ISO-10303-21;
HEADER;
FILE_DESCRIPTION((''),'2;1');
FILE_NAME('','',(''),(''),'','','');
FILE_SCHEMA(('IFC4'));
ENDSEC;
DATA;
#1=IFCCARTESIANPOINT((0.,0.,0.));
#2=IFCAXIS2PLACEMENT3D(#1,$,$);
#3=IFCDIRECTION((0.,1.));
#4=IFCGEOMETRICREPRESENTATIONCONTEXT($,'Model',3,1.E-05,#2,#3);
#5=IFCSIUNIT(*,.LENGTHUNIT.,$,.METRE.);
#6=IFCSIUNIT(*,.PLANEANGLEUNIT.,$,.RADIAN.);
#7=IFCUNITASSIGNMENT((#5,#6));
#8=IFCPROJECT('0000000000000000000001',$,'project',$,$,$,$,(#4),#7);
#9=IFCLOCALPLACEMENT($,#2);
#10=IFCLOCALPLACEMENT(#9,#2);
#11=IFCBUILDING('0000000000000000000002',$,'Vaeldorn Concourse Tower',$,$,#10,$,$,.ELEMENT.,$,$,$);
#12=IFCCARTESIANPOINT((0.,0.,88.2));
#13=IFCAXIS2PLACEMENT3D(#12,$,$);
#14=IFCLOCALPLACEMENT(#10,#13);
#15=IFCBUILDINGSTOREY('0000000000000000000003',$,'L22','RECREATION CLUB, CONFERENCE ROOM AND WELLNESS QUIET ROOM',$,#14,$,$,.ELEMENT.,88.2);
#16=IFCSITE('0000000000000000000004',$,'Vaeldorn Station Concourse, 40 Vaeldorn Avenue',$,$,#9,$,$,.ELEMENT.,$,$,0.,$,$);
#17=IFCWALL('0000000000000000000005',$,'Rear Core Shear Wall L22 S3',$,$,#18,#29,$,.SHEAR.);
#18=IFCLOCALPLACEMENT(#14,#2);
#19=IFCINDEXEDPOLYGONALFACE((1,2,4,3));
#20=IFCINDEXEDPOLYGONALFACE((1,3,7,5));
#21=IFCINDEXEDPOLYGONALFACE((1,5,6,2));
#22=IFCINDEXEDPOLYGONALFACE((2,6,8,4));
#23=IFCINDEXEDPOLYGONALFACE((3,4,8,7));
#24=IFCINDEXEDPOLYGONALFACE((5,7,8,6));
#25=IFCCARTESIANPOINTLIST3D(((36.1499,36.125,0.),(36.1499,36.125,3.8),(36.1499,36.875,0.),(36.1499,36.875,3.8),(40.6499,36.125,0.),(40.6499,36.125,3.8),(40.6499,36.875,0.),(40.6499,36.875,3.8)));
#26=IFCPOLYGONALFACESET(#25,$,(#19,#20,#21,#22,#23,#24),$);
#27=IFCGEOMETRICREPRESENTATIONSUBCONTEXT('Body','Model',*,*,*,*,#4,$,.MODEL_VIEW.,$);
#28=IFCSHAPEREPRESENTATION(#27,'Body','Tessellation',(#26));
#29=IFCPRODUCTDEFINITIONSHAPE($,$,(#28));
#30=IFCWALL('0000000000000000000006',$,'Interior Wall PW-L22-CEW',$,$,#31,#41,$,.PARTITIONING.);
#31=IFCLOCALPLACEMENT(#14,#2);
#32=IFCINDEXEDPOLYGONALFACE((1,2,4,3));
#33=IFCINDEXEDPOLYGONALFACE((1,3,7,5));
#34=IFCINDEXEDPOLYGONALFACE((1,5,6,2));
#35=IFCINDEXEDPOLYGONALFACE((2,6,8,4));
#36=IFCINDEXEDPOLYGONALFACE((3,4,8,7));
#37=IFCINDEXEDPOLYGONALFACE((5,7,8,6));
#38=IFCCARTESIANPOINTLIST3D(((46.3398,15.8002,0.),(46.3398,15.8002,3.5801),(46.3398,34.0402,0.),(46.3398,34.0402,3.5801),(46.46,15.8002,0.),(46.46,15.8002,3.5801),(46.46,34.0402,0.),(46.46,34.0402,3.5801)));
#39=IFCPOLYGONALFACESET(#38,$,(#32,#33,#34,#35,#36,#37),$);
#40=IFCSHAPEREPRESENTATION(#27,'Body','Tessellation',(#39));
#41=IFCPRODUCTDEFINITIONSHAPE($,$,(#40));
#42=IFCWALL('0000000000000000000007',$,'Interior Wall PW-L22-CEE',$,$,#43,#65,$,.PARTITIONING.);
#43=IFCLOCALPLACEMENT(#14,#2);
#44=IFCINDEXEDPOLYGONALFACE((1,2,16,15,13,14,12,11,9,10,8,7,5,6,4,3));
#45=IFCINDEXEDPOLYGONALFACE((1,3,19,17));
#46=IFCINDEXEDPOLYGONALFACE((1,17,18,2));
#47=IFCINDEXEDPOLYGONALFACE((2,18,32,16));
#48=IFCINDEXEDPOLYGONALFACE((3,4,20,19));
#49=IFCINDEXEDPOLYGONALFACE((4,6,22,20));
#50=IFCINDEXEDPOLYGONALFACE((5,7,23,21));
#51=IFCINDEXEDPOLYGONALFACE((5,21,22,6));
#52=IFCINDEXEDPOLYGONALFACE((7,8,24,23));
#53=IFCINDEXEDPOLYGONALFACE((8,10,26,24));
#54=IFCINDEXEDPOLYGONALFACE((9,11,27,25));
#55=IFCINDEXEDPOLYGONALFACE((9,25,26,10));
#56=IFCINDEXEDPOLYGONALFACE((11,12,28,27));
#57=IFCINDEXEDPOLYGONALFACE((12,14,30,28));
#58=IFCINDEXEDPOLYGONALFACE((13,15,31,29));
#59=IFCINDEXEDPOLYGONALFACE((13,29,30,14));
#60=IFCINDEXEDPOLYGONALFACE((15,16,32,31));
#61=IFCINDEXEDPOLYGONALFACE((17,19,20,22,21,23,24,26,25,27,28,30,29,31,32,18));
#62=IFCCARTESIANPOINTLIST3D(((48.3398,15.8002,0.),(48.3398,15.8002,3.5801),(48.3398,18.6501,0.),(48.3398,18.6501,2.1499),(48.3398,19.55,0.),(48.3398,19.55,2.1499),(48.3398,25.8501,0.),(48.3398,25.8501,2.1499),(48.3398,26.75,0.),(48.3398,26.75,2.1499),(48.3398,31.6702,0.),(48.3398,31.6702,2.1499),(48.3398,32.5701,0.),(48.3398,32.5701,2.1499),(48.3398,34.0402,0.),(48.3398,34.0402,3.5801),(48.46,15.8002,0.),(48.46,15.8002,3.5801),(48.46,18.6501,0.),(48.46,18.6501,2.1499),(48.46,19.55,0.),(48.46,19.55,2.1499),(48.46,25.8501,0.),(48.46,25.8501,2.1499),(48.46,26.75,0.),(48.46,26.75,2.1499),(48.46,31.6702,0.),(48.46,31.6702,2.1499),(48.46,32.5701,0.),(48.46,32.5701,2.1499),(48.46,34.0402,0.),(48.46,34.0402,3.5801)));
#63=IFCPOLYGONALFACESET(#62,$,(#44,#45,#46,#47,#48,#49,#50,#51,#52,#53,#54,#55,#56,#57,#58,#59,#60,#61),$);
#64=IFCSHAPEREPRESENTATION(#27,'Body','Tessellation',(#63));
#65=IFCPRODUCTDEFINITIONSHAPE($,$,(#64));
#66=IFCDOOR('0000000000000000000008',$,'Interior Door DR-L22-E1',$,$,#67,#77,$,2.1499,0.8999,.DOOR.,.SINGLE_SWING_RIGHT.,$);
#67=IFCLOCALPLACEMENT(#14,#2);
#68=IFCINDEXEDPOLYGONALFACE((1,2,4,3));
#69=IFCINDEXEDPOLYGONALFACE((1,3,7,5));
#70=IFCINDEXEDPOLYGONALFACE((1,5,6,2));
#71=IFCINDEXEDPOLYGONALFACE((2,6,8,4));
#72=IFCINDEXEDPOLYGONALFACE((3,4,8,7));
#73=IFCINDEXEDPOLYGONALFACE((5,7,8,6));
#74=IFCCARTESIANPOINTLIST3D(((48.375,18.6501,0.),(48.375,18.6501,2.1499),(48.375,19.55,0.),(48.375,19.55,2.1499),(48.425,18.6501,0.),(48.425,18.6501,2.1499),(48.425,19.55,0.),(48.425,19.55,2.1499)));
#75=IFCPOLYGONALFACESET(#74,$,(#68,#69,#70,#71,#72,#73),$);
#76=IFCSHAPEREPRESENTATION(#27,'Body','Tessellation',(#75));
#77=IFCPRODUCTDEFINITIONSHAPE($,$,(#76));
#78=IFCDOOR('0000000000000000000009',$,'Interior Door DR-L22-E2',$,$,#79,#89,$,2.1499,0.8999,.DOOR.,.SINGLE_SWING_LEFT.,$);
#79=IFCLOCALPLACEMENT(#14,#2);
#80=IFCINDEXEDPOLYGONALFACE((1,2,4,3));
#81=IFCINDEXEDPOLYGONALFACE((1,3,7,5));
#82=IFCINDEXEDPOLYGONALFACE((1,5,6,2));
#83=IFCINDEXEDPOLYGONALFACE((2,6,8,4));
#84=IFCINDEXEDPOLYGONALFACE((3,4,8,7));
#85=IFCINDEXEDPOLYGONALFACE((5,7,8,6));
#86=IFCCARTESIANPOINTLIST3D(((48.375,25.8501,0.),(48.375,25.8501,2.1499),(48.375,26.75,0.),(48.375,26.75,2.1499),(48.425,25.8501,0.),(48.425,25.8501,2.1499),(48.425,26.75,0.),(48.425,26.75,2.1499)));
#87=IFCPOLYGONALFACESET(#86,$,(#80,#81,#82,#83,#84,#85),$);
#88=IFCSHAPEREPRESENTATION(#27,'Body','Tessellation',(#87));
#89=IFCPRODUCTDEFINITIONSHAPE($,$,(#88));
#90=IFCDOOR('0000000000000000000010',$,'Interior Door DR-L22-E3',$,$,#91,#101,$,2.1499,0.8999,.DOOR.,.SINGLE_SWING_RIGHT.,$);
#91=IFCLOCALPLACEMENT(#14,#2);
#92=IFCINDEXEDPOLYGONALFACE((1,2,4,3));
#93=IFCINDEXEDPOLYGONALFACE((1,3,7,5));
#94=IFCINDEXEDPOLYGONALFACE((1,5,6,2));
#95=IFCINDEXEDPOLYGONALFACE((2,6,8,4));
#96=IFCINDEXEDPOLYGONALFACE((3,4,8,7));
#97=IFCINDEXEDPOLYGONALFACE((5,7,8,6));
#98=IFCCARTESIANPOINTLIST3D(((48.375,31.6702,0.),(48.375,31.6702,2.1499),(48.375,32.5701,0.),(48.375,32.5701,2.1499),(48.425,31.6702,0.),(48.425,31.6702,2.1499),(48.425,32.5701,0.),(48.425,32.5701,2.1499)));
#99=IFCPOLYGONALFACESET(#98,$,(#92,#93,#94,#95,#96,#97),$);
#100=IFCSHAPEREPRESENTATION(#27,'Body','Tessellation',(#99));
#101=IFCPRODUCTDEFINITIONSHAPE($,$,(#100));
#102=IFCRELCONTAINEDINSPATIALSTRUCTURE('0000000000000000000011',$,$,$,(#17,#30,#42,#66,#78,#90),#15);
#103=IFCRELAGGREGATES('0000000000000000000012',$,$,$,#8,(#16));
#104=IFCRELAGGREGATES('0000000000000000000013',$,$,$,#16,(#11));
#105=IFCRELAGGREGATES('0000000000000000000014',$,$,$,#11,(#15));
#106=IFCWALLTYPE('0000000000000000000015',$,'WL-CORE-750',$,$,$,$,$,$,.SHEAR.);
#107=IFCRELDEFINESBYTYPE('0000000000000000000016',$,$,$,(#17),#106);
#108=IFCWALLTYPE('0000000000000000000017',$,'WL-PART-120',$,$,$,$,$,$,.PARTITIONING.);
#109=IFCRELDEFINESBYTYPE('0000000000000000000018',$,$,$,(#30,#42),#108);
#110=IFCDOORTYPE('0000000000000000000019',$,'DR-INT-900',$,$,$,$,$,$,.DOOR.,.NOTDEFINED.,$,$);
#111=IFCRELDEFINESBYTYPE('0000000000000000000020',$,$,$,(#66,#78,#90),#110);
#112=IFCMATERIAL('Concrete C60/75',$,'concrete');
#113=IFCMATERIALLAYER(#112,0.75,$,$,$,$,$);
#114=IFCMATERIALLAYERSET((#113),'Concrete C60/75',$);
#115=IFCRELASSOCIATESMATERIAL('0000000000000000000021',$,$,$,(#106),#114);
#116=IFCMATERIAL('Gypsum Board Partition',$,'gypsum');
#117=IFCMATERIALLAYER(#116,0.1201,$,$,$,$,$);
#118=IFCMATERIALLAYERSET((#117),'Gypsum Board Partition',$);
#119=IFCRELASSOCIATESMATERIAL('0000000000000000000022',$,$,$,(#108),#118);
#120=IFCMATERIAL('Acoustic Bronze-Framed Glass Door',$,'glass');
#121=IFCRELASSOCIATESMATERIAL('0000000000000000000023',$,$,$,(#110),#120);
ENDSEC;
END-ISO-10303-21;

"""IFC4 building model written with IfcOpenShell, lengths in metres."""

from ifc_helpers import new_model, si_unit, direction, frame, frame_2d, origin, place, context, subcontext, project, spatial, rectangle, extrude, source, transform, mapped, material, layer, layer_set, type_object, element, fill, save


model = new_model("IFC4")

# Units and contexts
model_context = context("Model", 3, precision=1e-05, world=origin(), true_north=direction((0.0, 1.0)))
body_context = subcontext(model_context, "Body", "Model", "MODEL_VIEW")
ifc_project = project(units=[si_unit("LENGTHUNIT", "METRE"), si_unit("PLANEANGLEUNIT", "RADIAN")], contexts=[model_context])

# Site, building, storey
site_placement = place(None, origin())
site = spatial("IfcSite", under=ifc_project, at=site_placement, Name="Vaeldorn Station Concourse, 40 Vaeldorn Avenue", CompositionType="ELEMENT", RefElevation=0.0)
building_placement = place(site_placement, origin())
building = spatial("IfcBuilding", under=site, at=building_placement, Name="Vaeldorn Concourse Tower", CompositionType="ELEMENT")
storey_placement = place(building_placement, frame((0.0, 0.0, 88.2)))
storey = spatial("IfcBuildingStorey", under=building, at=storey_placement, Name="L22", Description="RECREATION CLUB, CONFERENCE ROOM AND WELLNESS QUIET ROOM", CompositionType="ELEMENT", Elevation=88.2)

# Walls
ifc_material_1 = material(Name="Concrete C60/75", Category="concrete")
ifc_layer_1 = layer(ifc_material_1, 0.75)
ifc_layer_set_1 = layer_set([ifc_layer_1], Name="Concrete C60/75")
wall_type_1 = type_object("IfcWallType", Name="WL-CORE-750", PredefinedType="SHEAR", material=ifc_layer_set_1)
wall_1_placement = place(storey_placement, frame((36.1499, 36.5, 0.0), z_axis=(0.0, 0.0, 1.0), x_axis=(1.0, 0.0, 0.0)))
element("IfcWall", 1, at=wall_1_placement, inside=storey, type_object=wall_type_1, Name="Rear Core Shear Wall L22 S3", PredefinedType="SHEAR", context=body_context, shape_type="SweptSolid", body=[
    extrude(rectangle(XDim=4.5, YDim=0.75, at=frame_2d((2.25, 0.0))), origin(), (0.0, 0.0, 1.0), 3.8),
])
ifc_material_2 = material(Name="Gypsum Board Partition", Category="gypsum")
ifc_layer_2 = layer(ifc_material_2, 0.1201)
ifc_layer_set_2 = layer_set([ifc_layer_2], Name="Gypsum Board Partition")
wall_type_2 = type_object("IfcWallType", Name="WL-PART-120", PredefinedType="PARTITIONING", material=ifc_layer_set_2)
wall_2_placement = place(storey_placement, frame((46.3999, 15.8, 0.0), z_axis=(0.0, 0.0, 1.0), x_axis=(0.0, 1.0, 0.0)))
element("IfcWall", 2, at=wall_2_placement, inside=storey, type_object=wall_type_2, Name="Interior Wall PW-L22-CEW", PredefinedType="PARTITIONING", context=body_context, shape_type="SweptSolid", body=[
    extrude(rectangle(XDim=18.24, YDim=0.1201, at=frame_2d((9.1201, 0.0))), origin(), (0.0, 0.0, 1.0), 3.5801),
])

# Wall, openings, doors
wall_3_placement = place(storey_placement, frame((48.3999, 15.8, 0.0), z_axis=(0.0, 0.0, 1.0), x_axis=(0.0, 1.0, 0.0)))
wall_3 = element("IfcWall", 3, at=wall_3_placement, inside=storey, type_object=wall_type_2, Name="Interior Wall PW-L22-CEE", PredefinedType="PARTITIONING", context=body_context, shape_type="SweptSolid", body=[
    extrude(rectangle(XDim=18.24, YDim=0.1201, at=frame_2d((9.1201, 0.0))), origin(), (0.0, 0.0, 1.0), 3.5801),
])
opening_1_placement = place(wall_3_placement, frame((2.8501, 0.0, 0.0)))
opening_1 = element("IfcOpeningElement", 4, at=opening_1_placement, cuts=wall_3, PredefinedType="OPENING", context=body_context, shape_type="SweptSolid", body=[
    extrude(rectangle(XDim=0.8999, YDim=2.1499, at=frame_2d((0.45, 1.075))), frame((0.0, 0.0701, 0.0), z_axis=(0.0, -1.0, 0.0), x_axis=(1.0, 0.0, 0.0)), (0.0, 0.0, 1.0), 0.1401),
])
opening_2_placement = place(wall_3_placement, frame((10.05, 0.0, 0.0)))
opening_2 = element("IfcOpeningElement", 5, at=opening_2_placement, cuts=wall_3, PredefinedType="OPENING", context=body_context, shape_type="SweptSolid", body=[
    extrude(rectangle(XDim=0.8999, YDim=2.1499, at=frame_2d((0.45, 1.075))), frame((0.0, 0.0701, 0.0), z_axis=(0.0, -1.0, 0.0), x_axis=(1.0, 0.0, 0.0)), (0.0, 0.0, 1.0), 0.1401),
])
opening_3_placement = place(wall_3_placement, frame((15.8701, 0.0, 0.0)))
opening_3 = element("IfcOpeningElement", 6, at=opening_3_placement, cuts=wall_3, PredefinedType="OPENING", context=body_context, shape_type="SweptSolid", body=[
    extrude(rectangle(XDim=0.8999, YDim=2.1499, at=frame_2d((0.45, 1.075))), frame((0.0, 0.0701, 0.0), z_axis=(0.0, -1.0, 0.0), x_axis=(1.0, 0.0, 0.0)), (0.0, 0.0, 1.0), 0.1401),
])
ifc_material_3 = material(Name="Acoustic Bronze-Framed Glass Door", Category="glass")
door_type = type_object("IfcDoorType", Name="DR-INT-900", OperationType="NOTDEFINED", PredefinedType="DOOR", material=ifc_material_3)
shared_shape_1 = source(origin(), body_context, "Body", "SweptSolid", [
    extrude(rectangle(XDim=0.8999, YDim=2.1499, at=frame_2d((0.45, 1.075))), frame((0.0, 0.0249, 0.0), z_axis=(0.0, -1.0, 0.0), x_axis=(1.0, 0.0, 0.0)), (0.0, 0.0, 1.0), 0.05),
])
door_1_placement = place(opening_1_placement, origin())
door_1 = element("IfcDoor", 7, at=door_1_placement, inside=storey, type_object=door_type, Name="Interior Door DR-L22-E1", OperationType="SINGLE_SWING_RIGHT", OverallHeight=2.1499, OverallWidth=0.8999, PredefinedType="DOOR", context=body_context, shape_type="MappedRepresentation", body=[
    mapped(shared_shape_1, transform((0.0, 0.0, 0.0), scale=1.0)),
])
fill(opening_1, door_1)
door_2_placement = place(opening_2_placement, origin())
door_2 = element("IfcDoor", 8, at=door_2_placement, inside=storey, type_object=door_type, Name="Interior Door DR-L22-E2", OperationType="SINGLE_SWING_LEFT", OverallHeight=2.1499, OverallWidth=0.8999, PredefinedType="DOOR", context=body_context, shape_type="MappedRepresentation", body=[
    mapped(shared_shape_1, transform((0.0, 0.0, 0.0), scale=1.0)),
])
fill(opening_2, door_2)
door_3_placement = place(opening_3_placement, origin())
door_3 = element("IfcDoor", 9, at=door_3_placement, inside=storey, type_object=door_type, Name="Interior Door DR-L22-E3", OperationType="SINGLE_SWING_RIGHT", OverallHeight=2.1499, OverallWidth=0.8999, PredefinedType="DOOR", context=body_context, shape_type="MappedRepresentation", body=[
    mapped(shared_shape_1, transform((0.0, 0.0, 0.0), scale=1.0)),
])
fill(opening_3, door_3)

save(model, "model.ifc")
